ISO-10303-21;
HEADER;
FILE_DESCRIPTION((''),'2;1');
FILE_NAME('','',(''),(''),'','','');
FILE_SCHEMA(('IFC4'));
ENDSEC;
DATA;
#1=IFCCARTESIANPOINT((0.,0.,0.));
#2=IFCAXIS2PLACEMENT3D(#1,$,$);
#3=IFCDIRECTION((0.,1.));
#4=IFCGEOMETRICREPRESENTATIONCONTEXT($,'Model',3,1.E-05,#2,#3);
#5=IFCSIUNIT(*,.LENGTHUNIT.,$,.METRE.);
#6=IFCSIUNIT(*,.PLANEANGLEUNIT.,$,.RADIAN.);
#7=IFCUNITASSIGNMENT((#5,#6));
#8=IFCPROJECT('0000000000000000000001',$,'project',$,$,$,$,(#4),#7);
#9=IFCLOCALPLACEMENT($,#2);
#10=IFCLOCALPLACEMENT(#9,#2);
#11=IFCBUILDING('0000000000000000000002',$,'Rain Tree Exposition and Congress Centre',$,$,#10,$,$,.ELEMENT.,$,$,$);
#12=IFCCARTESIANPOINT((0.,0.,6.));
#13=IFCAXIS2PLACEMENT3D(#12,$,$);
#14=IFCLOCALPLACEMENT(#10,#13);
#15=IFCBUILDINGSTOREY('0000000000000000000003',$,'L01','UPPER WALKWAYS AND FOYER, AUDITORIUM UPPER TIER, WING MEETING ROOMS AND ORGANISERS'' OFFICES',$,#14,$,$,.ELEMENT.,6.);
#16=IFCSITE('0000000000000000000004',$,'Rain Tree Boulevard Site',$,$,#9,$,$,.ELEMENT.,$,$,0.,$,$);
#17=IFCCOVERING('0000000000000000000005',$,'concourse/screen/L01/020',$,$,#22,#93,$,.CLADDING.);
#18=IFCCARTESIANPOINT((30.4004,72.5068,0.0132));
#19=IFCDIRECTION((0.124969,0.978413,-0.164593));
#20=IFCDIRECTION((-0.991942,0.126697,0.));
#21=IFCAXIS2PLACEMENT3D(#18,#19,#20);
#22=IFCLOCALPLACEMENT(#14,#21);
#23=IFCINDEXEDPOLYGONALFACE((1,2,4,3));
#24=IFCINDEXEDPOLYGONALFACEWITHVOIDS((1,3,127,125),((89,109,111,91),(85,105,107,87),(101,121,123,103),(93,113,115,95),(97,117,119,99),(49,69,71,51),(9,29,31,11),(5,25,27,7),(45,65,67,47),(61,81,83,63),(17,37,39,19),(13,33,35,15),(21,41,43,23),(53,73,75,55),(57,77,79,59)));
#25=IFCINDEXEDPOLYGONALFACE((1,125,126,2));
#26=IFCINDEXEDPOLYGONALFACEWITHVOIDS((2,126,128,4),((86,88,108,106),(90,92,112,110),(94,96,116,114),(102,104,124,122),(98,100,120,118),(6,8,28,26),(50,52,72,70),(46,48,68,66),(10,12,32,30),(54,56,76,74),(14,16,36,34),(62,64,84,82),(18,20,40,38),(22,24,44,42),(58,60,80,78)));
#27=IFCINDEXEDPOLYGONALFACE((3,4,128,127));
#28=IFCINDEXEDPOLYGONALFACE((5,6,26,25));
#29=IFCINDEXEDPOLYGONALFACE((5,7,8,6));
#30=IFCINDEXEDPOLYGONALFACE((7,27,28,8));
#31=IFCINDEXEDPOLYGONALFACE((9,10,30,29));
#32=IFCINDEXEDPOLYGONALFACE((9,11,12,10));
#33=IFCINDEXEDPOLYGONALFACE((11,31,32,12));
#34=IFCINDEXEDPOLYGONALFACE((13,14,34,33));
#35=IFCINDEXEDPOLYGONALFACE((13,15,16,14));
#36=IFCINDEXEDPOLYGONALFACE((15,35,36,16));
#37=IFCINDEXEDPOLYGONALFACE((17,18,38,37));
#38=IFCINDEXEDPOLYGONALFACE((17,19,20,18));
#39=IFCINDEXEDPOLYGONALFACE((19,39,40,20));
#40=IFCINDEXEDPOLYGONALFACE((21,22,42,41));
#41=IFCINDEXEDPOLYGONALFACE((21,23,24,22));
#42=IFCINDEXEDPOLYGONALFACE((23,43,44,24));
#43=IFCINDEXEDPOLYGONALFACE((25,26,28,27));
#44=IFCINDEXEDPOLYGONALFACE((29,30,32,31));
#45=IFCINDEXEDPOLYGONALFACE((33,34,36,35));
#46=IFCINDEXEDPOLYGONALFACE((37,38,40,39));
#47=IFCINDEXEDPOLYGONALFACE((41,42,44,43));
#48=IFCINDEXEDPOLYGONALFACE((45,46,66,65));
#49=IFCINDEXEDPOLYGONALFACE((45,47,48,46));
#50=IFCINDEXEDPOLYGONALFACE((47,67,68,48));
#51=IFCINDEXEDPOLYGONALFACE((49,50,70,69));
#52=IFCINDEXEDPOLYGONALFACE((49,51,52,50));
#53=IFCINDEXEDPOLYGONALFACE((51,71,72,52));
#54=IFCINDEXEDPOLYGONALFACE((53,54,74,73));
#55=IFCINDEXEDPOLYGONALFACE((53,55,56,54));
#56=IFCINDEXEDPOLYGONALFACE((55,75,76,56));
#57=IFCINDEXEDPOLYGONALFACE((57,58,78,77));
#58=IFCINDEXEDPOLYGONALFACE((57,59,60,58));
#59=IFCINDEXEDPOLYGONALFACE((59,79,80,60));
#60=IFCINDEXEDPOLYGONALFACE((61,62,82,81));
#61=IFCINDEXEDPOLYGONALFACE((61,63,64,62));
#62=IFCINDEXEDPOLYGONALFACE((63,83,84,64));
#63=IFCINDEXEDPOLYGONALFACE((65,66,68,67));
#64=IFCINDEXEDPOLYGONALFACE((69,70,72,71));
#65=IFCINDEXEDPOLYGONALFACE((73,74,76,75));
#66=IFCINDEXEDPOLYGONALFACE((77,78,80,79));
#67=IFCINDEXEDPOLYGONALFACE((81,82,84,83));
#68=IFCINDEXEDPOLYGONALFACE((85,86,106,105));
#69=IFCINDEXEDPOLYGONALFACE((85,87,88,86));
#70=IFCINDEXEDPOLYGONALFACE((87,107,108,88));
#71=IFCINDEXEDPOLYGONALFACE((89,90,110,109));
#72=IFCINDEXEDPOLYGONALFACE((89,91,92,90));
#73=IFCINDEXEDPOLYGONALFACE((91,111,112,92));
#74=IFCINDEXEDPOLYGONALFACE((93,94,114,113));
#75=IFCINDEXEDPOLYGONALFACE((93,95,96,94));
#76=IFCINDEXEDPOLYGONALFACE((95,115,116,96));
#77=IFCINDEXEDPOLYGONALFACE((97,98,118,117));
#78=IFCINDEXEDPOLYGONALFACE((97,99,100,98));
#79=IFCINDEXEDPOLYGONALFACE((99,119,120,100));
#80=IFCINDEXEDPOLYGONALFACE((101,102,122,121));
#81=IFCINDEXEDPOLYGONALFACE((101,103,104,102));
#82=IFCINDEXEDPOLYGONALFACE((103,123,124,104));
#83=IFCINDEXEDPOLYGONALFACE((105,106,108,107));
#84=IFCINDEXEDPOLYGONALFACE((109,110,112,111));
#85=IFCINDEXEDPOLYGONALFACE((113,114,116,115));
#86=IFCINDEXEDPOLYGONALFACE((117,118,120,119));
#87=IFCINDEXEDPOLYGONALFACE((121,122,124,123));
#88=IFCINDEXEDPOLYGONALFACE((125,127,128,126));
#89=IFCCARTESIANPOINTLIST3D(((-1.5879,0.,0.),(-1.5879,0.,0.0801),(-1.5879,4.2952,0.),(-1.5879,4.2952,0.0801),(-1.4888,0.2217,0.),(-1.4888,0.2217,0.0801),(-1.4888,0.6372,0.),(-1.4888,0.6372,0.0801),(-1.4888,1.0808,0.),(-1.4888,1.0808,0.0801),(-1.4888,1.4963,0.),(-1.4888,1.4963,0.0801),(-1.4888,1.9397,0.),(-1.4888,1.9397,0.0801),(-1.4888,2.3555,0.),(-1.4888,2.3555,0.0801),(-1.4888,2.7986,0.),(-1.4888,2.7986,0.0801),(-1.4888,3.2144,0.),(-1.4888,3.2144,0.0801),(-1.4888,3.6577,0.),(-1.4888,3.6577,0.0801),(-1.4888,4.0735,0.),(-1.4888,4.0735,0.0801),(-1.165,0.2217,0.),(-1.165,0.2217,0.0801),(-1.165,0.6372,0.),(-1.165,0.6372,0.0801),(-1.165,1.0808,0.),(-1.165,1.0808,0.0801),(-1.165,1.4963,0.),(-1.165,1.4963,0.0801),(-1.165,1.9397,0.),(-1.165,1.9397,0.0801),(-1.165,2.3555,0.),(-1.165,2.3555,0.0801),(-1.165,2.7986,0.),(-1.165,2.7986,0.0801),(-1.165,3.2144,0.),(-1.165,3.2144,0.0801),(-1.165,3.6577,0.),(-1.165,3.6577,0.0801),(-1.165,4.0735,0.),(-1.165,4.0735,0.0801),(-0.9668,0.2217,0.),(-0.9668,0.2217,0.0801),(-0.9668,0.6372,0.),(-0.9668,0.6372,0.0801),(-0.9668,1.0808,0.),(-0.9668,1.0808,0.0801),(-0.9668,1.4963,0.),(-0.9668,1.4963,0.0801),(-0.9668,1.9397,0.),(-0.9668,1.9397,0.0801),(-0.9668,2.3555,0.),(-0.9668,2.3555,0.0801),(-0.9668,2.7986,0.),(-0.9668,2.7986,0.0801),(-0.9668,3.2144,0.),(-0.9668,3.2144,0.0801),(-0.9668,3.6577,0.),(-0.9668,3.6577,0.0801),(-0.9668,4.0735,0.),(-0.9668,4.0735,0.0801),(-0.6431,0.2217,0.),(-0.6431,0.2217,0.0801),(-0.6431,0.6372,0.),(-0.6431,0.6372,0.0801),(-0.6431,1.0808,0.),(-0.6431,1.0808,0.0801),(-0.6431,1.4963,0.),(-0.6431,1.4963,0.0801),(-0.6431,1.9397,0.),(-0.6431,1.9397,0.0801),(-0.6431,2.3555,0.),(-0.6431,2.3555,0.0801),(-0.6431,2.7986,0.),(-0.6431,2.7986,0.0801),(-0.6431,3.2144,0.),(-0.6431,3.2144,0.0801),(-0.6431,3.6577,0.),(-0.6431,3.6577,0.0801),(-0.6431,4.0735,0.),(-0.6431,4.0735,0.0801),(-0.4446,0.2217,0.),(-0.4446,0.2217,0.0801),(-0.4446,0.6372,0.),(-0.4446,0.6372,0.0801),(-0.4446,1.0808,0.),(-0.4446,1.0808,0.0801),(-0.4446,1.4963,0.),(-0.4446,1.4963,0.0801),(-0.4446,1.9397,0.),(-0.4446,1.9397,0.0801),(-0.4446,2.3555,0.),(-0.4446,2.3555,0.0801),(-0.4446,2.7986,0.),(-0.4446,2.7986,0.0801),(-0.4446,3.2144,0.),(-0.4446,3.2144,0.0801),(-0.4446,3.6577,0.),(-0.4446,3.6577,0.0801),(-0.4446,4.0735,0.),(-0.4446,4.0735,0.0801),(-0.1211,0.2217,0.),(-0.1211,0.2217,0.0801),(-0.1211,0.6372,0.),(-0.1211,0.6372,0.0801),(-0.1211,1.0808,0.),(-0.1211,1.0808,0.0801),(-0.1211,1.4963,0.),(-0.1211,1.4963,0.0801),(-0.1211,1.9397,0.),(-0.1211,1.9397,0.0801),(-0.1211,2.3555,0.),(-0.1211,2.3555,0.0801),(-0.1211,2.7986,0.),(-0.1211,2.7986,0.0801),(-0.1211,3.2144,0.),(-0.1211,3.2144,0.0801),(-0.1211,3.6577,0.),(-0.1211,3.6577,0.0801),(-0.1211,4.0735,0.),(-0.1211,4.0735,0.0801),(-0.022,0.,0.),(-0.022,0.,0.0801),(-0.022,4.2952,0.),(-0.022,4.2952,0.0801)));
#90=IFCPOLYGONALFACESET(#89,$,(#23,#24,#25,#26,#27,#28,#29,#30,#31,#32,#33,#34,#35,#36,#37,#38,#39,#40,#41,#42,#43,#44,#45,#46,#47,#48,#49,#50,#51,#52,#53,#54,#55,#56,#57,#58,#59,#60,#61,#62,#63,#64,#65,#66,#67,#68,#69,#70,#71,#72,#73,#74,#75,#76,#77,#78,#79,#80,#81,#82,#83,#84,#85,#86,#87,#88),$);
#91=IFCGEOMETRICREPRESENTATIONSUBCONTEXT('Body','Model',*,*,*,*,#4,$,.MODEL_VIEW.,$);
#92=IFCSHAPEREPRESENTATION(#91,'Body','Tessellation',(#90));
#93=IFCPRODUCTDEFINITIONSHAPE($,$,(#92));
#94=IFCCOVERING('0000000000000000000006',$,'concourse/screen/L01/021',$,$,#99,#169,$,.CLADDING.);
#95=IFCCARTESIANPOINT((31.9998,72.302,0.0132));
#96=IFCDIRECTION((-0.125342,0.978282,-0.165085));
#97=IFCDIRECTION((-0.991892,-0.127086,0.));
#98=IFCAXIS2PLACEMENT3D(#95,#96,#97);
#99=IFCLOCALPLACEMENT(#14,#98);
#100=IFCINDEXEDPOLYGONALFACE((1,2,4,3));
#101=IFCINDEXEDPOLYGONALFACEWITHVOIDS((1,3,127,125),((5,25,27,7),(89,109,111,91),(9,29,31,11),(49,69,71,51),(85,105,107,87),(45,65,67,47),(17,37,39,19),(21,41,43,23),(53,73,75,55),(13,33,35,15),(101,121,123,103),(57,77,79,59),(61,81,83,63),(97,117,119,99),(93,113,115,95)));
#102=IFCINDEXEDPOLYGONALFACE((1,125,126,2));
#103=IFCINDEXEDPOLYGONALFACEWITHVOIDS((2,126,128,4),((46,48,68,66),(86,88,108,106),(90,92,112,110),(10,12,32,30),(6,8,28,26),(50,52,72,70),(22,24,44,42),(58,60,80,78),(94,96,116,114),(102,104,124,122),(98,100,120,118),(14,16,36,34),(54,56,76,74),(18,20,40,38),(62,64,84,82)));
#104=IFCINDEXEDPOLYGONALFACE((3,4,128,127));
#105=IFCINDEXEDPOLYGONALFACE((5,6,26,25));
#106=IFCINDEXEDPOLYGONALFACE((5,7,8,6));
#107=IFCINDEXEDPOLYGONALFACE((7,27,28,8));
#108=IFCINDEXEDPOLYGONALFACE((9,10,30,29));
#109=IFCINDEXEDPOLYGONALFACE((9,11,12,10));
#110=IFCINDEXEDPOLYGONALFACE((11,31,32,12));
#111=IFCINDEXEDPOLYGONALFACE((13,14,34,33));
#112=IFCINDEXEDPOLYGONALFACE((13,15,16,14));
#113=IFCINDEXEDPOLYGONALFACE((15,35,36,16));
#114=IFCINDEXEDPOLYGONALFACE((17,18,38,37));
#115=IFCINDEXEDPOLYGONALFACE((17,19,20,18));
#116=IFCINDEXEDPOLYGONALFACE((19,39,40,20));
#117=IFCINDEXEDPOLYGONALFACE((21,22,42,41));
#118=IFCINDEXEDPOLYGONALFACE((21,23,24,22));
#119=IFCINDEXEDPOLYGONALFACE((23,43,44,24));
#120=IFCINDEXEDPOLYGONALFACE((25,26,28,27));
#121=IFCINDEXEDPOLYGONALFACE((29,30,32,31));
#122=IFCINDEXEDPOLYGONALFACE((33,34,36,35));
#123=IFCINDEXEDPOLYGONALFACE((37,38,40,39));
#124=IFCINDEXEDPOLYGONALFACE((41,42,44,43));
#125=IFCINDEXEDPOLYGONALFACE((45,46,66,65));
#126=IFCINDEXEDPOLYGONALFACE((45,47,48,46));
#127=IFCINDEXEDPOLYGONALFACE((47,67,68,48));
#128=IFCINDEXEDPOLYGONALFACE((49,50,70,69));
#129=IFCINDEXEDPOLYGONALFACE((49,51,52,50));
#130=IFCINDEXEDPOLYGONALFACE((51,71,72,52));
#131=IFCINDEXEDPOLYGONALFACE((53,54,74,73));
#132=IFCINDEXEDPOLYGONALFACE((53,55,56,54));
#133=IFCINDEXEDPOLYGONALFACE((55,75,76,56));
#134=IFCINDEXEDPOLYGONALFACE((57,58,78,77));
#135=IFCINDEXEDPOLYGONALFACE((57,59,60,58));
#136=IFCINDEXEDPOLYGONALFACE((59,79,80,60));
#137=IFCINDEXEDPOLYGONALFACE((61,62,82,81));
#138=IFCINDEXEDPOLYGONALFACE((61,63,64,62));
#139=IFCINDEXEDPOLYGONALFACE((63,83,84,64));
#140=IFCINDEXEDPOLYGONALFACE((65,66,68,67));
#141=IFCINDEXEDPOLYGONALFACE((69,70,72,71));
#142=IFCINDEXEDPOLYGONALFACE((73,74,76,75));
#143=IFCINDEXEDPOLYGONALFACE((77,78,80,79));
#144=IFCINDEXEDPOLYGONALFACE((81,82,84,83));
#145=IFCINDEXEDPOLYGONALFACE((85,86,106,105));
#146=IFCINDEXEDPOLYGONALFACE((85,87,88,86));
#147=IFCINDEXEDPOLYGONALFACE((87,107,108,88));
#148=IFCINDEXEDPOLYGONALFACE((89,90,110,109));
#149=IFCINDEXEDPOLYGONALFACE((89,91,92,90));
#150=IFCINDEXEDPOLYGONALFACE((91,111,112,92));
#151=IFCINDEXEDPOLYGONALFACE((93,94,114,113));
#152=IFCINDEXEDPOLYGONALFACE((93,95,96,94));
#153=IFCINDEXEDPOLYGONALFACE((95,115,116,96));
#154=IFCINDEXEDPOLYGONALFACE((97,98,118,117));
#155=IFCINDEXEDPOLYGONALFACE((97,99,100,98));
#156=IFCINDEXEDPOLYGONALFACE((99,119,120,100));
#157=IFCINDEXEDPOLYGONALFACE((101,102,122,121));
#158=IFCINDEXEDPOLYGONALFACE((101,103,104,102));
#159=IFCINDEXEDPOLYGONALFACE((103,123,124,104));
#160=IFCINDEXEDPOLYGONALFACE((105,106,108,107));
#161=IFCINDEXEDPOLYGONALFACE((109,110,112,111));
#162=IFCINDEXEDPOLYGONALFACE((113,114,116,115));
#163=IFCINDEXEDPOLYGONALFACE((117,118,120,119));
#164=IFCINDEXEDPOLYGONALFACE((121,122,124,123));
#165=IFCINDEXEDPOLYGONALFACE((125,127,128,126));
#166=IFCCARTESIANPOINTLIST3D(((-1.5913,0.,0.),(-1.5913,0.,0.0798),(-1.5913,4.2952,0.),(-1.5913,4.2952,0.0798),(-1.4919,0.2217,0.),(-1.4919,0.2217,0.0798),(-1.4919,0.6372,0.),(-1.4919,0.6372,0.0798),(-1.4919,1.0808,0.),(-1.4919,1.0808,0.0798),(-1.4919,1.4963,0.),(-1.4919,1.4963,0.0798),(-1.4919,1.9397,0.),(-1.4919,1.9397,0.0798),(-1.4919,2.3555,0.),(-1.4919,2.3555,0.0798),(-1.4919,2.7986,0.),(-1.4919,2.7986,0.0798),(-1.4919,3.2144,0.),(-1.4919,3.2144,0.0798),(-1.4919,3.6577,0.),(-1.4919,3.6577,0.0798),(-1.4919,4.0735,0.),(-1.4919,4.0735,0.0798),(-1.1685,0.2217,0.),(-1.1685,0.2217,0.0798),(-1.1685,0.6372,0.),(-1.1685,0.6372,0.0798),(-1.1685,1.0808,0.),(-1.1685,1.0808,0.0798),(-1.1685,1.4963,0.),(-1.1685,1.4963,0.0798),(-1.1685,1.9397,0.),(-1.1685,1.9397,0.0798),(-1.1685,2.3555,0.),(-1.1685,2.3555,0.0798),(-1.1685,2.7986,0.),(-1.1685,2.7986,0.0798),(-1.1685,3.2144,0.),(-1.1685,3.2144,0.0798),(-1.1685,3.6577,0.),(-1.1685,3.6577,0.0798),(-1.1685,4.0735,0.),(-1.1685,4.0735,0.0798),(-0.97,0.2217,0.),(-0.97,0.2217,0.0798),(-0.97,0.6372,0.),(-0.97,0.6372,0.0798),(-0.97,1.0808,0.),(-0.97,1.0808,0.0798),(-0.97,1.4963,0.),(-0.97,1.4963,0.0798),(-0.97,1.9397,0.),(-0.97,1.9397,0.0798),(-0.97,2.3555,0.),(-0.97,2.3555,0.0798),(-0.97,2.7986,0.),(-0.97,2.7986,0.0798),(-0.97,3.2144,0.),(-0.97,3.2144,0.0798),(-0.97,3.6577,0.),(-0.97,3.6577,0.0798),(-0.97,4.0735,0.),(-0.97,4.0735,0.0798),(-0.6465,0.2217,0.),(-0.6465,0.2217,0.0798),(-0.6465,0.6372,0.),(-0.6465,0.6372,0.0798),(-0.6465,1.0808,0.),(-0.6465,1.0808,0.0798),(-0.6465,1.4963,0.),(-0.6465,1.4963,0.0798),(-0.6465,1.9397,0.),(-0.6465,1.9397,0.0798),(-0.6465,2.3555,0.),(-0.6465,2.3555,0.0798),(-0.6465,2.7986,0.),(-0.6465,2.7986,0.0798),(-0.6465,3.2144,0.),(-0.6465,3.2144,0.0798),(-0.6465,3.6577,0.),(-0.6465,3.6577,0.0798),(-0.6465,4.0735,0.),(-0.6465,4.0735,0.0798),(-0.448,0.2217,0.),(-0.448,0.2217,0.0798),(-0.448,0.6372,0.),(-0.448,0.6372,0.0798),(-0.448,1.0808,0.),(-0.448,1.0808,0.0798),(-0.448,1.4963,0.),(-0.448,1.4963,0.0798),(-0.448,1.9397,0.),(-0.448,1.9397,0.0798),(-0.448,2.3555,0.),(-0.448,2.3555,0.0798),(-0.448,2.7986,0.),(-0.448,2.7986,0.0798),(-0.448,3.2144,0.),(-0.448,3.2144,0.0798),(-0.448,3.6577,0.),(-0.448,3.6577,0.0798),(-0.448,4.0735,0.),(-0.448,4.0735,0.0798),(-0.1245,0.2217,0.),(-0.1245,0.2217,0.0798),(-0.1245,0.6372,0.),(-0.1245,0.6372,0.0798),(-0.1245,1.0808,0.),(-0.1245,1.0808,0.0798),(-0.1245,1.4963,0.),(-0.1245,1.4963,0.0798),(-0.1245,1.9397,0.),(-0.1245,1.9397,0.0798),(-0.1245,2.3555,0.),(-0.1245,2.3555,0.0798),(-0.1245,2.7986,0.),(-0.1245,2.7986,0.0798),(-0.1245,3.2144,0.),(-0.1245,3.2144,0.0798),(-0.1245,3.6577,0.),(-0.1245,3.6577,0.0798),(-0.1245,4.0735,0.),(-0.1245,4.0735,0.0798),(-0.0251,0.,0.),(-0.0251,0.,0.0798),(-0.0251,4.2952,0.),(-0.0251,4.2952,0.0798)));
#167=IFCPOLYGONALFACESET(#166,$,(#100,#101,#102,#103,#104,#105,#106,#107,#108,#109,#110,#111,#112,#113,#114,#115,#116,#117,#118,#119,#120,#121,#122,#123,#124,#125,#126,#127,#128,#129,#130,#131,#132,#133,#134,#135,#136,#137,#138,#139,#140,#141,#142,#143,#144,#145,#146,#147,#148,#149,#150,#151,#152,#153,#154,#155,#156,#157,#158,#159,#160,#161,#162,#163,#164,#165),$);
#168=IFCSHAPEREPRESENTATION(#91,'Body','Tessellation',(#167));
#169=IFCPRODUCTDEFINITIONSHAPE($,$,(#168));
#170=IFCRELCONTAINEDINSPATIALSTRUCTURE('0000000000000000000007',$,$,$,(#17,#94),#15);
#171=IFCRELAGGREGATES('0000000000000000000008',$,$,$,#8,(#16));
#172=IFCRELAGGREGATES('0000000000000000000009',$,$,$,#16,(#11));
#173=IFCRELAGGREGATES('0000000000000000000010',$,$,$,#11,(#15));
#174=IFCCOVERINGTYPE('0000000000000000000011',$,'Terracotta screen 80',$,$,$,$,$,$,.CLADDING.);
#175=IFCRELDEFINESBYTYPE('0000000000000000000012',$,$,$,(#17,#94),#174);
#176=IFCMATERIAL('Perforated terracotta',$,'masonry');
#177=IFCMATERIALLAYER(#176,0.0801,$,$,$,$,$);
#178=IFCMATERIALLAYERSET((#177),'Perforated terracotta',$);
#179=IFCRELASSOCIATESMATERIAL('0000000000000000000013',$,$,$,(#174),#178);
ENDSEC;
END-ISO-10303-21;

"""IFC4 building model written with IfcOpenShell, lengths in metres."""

from ifc_helpers import new_model, si_unit, direction, frame, origin, place, context, subcontext, project, spatial, polyline, outline, extrude, material, layer, layer_set, type_object, element, save


model = new_model("IFC4")

# Units and contexts
model_context = context("Model", 3, precision=1e-05, world=origin(), true_north=direction((0.0, 1.0)))
body_context = subcontext(model_context, "Body", "Model", "MODEL_VIEW")
ifc_project = project(units=[si_unit("LENGTHUNIT", "METRE"), si_unit("PLANEANGLEUNIT", "RADIAN")], contexts=[model_context])

# Site, building, storey
site_placement = place(None, origin())
site = spatial("IfcSite", under=ifc_project, at=site_placement, Name="Rain Tree Boulevard Site", CompositionType="ELEMENT", RefElevation=0.0)
building_placement = place(site_placement, origin())
building = spatial("IfcBuilding", under=site, at=building_placement, Name="Rain Tree Exposition and Congress Centre", CompositionType="ELEMENT")
storey_placement = place(building_placement, frame((0.0, 0.0, 6.0)))
storey = spatial("IfcBuildingStorey", under=building, at=storey_placement, Name="L01", Description="UPPER WALKWAYS AND FOYER, AUDITORIUM UPPER TIER, WING MEETING ROOMS AND ORGANISERS' OFFICES", CompositionType="ELEMENT", Elevation=6.0)

# Coverings
ifc_material_1 = material(Name="Perforated terracotta", Category="masonry")
ifc_layer = layer(ifc_material_1, 0.0801)
ifc_layer_set = layer_set([ifc_layer], Name="Perforated terracotta")
covering_type = type_object("IfcCoveringType", Name="Terracotta screen 80", PredefinedType="CLADDING", material=ifc_layer_set)
covering_1_placement = place(storey_placement, frame((30.4004, 72.5068, 0.0132), z_axis=(0.124969, 0.978413, -0.164593), x_axis=(-0.991942, 0.126697, 0.0)))
element("IfcCovering", 1, at=covering_1_placement, inside=storey, type_object=covering_type, Name="concourse/screen/L01/020", PredefinedType="CLADDING", context=body_context, shape_type="SweptSolid", body=[
    extrude(outline(polyline([(-1.5879, 0.0), (-1.5879, 4.2952), (-0.022, 4.2952), (-0.022, 0.0), (-1.5879, 0.0)]), holes=[polyline([(-0.1211, 0.2217), (-0.1211, 0.6372), (-0.4446, 0.6372), (-0.4446, 0.2217), (-0.1211, 0.2217)]), polyline([(-0.1211, 1.0808), (-0.1211, 1.4963), (-0.4446, 1.4963), (-0.4446, 1.0808), (-0.1211, 1.0808)]), polyline([(-0.1211, 1.9397), (-0.1211, 2.3555), (-0.4446, 2.3555), (-0.4446, 1.9397), (-0.1211, 1.9397)]), polyline([(-0.1211, 2.7986), (-0.1211, 3.2144), (-0.4446, 3.2144), (-0.4446, 2.7986), (-0.1211, 2.7986)]), polyline([(-0.1211, 3.6577), (-0.1211, 4.0735), (-0.4446, 4.0735), (-0.4446, 3.6577), (-0.1211, 3.6577)]), polyline([(-0.6431, 0.2217), (-0.6431, 0.6372), (-0.9668, 0.6372), (-0.9668, 0.2217), (-0.6431, 0.2217)]), polyline([(-0.6431, 1.0808), (-0.6431, 1.4963), (-0.9668, 1.4963), (-0.9668, 1.0808), (-0.6431, 1.0808)]), polyline([(-0.6431, 1.9397), (-0.6431, 2.3555), (-0.9668, 2.3555), (-0.9668, 1.9397), (-0.6431, 1.9397)]), polyline([(-0.6431, 2.7986), (-0.6431, 3.2144), (-0.9668, 3.2144), (-0.9668, 2.7986), (-0.6431, 2.7986)]), polyline([(-0.6431, 3.6577), (-0.6431, 4.0735), (-0.9668, 4.0735), (-0.9668, 3.6577), (-0.6431, 3.6577)]), polyline([(-1.165, 0.2217), (-1.165, 0.6372), (-1.4888, 0.6372), (-1.4888, 0.2217), (-1.165, 0.2217)]), polyline([(-1.165, 1.0808), (-1.165, 1.4963), (-1.4888, 1.4963), (-1.4888, 1.0808), (-1.165, 1.0808)]), polyline([(-1.165, 1.9397), (-1.165, 2.3555), (-1.4888, 2.3555), (-1.4888, 1.9397), (-1.165, 1.9397)]), polyline([(-1.165, 2.7986), (-1.165, 3.2144), (-1.4888, 3.2144), (-1.4888, 2.7986), (-1.165, 2.7986)]), polyline([(-1.165, 3.6577), (-1.165, 4.0735), (-1.4888, 4.0735), (-1.4888, 3.6577), (-1.165, 3.6577)])]), origin(), (0.0, 0.0, 1.0), 0.0801),
])
covering_2_placement = place(storey_placement, frame((31.9998, 72.302, 0.0132), z_axis=(-0.125342, 0.978282, -0.165085), x_axis=(-0.991892, -0.127086, 0.0)))
element("IfcCovering", 2, at=covering_2_placement, inside=storey, type_object=covering_type, Name="concourse/screen/L01/021", PredefinedType="CLADDING", context=body_context, shape_type="SweptSolid", body=[
    extrude(outline(polyline([(-1.5913, 0.0), (-1.5913, 4.2952), (-0.0251, 4.2952), (-0.0251, 0.0), (-1.5913, 0.0)]), holes=[polyline([(-0.1245, 0.2217), (-0.1245, 0.6372), (-0.448, 0.6372), (-0.448, 0.2217), (-0.1245, 0.2217)]), polyline([(-0.1245, 1.0808), (-0.1245, 1.4963), (-0.448, 1.4963), (-0.448, 1.0808), (-0.1245, 1.0808)]), polyline([(-0.1245, 1.9397), (-0.1245, 2.3555), (-0.448, 2.3555), (-0.448, 1.9397), (-0.1245, 1.9397)]), polyline([(-0.1245, 2.7986), (-0.1245, 3.2144), (-0.448, 3.2144), (-0.448, 2.7986), (-0.1245, 2.7986)]), polyline([(-0.1245, 3.6577), (-0.1245, 4.0735), (-0.448, 4.0735), (-0.448, 3.6577), (-0.1245, 3.6577)]), polyline([(-0.6465, 0.2217), (-0.6465, 0.6372), (-0.97, 0.6372), (-0.97, 0.2217), (-0.6465, 0.2217)]), polyline([(-0.6465, 1.0808), (-0.6465, 1.4963), (-0.97, 1.4963), (-0.97, 1.0808), (-0.6465, 1.0808)]), polyline([(-0.6465, 1.9397), (-0.6465, 2.3555), (-0.97, 2.3555), (-0.97, 1.9397), (-0.6465, 1.9397)]), polyline([(-0.6465, 2.7986), (-0.6465, 3.2144), (-0.97, 3.2144), (-0.97, 2.7986), (-0.6465, 2.7986)]), polyline([(-0.6465, 3.6577), (-0.6465, 4.0735), (-0.97, 4.0735), (-0.97, 3.6577), (-0.6465, 3.6577)]), polyline([(-1.1685, 0.2217), (-1.1685, 0.6372), (-1.4919, 0.6372), (-1.4919, 0.2217), (-1.1685, 0.2217)]), polyline([(-1.1685, 1.0808), (-1.1685, 1.4963), (-1.4919, 1.4963), (-1.4919, 1.0808), (-1.1685, 1.0808)]), polyline([(-1.1685, 1.9397), (-1.1685, 2.3555), (-1.4919, 2.3555), (-1.4919, 1.9397), (-1.1685, 1.9397)]), polyline([(-1.1685, 2.7986), (-1.1685, 3.2144), (-1.4919, 3.2144), (-1.4919, 2.7986), (-1.1685, 2.7986)]), polyline([(-1.1685, 3.6577), (-1.1685, 4.0735), (-1.4919, 4.0735), (-1.4919, 3.6577), (-1.1685, 3.6577)])]), origin(), (0.0, 0.0, 1.0), 0.0798),
])

save(model, "model.ifc")
